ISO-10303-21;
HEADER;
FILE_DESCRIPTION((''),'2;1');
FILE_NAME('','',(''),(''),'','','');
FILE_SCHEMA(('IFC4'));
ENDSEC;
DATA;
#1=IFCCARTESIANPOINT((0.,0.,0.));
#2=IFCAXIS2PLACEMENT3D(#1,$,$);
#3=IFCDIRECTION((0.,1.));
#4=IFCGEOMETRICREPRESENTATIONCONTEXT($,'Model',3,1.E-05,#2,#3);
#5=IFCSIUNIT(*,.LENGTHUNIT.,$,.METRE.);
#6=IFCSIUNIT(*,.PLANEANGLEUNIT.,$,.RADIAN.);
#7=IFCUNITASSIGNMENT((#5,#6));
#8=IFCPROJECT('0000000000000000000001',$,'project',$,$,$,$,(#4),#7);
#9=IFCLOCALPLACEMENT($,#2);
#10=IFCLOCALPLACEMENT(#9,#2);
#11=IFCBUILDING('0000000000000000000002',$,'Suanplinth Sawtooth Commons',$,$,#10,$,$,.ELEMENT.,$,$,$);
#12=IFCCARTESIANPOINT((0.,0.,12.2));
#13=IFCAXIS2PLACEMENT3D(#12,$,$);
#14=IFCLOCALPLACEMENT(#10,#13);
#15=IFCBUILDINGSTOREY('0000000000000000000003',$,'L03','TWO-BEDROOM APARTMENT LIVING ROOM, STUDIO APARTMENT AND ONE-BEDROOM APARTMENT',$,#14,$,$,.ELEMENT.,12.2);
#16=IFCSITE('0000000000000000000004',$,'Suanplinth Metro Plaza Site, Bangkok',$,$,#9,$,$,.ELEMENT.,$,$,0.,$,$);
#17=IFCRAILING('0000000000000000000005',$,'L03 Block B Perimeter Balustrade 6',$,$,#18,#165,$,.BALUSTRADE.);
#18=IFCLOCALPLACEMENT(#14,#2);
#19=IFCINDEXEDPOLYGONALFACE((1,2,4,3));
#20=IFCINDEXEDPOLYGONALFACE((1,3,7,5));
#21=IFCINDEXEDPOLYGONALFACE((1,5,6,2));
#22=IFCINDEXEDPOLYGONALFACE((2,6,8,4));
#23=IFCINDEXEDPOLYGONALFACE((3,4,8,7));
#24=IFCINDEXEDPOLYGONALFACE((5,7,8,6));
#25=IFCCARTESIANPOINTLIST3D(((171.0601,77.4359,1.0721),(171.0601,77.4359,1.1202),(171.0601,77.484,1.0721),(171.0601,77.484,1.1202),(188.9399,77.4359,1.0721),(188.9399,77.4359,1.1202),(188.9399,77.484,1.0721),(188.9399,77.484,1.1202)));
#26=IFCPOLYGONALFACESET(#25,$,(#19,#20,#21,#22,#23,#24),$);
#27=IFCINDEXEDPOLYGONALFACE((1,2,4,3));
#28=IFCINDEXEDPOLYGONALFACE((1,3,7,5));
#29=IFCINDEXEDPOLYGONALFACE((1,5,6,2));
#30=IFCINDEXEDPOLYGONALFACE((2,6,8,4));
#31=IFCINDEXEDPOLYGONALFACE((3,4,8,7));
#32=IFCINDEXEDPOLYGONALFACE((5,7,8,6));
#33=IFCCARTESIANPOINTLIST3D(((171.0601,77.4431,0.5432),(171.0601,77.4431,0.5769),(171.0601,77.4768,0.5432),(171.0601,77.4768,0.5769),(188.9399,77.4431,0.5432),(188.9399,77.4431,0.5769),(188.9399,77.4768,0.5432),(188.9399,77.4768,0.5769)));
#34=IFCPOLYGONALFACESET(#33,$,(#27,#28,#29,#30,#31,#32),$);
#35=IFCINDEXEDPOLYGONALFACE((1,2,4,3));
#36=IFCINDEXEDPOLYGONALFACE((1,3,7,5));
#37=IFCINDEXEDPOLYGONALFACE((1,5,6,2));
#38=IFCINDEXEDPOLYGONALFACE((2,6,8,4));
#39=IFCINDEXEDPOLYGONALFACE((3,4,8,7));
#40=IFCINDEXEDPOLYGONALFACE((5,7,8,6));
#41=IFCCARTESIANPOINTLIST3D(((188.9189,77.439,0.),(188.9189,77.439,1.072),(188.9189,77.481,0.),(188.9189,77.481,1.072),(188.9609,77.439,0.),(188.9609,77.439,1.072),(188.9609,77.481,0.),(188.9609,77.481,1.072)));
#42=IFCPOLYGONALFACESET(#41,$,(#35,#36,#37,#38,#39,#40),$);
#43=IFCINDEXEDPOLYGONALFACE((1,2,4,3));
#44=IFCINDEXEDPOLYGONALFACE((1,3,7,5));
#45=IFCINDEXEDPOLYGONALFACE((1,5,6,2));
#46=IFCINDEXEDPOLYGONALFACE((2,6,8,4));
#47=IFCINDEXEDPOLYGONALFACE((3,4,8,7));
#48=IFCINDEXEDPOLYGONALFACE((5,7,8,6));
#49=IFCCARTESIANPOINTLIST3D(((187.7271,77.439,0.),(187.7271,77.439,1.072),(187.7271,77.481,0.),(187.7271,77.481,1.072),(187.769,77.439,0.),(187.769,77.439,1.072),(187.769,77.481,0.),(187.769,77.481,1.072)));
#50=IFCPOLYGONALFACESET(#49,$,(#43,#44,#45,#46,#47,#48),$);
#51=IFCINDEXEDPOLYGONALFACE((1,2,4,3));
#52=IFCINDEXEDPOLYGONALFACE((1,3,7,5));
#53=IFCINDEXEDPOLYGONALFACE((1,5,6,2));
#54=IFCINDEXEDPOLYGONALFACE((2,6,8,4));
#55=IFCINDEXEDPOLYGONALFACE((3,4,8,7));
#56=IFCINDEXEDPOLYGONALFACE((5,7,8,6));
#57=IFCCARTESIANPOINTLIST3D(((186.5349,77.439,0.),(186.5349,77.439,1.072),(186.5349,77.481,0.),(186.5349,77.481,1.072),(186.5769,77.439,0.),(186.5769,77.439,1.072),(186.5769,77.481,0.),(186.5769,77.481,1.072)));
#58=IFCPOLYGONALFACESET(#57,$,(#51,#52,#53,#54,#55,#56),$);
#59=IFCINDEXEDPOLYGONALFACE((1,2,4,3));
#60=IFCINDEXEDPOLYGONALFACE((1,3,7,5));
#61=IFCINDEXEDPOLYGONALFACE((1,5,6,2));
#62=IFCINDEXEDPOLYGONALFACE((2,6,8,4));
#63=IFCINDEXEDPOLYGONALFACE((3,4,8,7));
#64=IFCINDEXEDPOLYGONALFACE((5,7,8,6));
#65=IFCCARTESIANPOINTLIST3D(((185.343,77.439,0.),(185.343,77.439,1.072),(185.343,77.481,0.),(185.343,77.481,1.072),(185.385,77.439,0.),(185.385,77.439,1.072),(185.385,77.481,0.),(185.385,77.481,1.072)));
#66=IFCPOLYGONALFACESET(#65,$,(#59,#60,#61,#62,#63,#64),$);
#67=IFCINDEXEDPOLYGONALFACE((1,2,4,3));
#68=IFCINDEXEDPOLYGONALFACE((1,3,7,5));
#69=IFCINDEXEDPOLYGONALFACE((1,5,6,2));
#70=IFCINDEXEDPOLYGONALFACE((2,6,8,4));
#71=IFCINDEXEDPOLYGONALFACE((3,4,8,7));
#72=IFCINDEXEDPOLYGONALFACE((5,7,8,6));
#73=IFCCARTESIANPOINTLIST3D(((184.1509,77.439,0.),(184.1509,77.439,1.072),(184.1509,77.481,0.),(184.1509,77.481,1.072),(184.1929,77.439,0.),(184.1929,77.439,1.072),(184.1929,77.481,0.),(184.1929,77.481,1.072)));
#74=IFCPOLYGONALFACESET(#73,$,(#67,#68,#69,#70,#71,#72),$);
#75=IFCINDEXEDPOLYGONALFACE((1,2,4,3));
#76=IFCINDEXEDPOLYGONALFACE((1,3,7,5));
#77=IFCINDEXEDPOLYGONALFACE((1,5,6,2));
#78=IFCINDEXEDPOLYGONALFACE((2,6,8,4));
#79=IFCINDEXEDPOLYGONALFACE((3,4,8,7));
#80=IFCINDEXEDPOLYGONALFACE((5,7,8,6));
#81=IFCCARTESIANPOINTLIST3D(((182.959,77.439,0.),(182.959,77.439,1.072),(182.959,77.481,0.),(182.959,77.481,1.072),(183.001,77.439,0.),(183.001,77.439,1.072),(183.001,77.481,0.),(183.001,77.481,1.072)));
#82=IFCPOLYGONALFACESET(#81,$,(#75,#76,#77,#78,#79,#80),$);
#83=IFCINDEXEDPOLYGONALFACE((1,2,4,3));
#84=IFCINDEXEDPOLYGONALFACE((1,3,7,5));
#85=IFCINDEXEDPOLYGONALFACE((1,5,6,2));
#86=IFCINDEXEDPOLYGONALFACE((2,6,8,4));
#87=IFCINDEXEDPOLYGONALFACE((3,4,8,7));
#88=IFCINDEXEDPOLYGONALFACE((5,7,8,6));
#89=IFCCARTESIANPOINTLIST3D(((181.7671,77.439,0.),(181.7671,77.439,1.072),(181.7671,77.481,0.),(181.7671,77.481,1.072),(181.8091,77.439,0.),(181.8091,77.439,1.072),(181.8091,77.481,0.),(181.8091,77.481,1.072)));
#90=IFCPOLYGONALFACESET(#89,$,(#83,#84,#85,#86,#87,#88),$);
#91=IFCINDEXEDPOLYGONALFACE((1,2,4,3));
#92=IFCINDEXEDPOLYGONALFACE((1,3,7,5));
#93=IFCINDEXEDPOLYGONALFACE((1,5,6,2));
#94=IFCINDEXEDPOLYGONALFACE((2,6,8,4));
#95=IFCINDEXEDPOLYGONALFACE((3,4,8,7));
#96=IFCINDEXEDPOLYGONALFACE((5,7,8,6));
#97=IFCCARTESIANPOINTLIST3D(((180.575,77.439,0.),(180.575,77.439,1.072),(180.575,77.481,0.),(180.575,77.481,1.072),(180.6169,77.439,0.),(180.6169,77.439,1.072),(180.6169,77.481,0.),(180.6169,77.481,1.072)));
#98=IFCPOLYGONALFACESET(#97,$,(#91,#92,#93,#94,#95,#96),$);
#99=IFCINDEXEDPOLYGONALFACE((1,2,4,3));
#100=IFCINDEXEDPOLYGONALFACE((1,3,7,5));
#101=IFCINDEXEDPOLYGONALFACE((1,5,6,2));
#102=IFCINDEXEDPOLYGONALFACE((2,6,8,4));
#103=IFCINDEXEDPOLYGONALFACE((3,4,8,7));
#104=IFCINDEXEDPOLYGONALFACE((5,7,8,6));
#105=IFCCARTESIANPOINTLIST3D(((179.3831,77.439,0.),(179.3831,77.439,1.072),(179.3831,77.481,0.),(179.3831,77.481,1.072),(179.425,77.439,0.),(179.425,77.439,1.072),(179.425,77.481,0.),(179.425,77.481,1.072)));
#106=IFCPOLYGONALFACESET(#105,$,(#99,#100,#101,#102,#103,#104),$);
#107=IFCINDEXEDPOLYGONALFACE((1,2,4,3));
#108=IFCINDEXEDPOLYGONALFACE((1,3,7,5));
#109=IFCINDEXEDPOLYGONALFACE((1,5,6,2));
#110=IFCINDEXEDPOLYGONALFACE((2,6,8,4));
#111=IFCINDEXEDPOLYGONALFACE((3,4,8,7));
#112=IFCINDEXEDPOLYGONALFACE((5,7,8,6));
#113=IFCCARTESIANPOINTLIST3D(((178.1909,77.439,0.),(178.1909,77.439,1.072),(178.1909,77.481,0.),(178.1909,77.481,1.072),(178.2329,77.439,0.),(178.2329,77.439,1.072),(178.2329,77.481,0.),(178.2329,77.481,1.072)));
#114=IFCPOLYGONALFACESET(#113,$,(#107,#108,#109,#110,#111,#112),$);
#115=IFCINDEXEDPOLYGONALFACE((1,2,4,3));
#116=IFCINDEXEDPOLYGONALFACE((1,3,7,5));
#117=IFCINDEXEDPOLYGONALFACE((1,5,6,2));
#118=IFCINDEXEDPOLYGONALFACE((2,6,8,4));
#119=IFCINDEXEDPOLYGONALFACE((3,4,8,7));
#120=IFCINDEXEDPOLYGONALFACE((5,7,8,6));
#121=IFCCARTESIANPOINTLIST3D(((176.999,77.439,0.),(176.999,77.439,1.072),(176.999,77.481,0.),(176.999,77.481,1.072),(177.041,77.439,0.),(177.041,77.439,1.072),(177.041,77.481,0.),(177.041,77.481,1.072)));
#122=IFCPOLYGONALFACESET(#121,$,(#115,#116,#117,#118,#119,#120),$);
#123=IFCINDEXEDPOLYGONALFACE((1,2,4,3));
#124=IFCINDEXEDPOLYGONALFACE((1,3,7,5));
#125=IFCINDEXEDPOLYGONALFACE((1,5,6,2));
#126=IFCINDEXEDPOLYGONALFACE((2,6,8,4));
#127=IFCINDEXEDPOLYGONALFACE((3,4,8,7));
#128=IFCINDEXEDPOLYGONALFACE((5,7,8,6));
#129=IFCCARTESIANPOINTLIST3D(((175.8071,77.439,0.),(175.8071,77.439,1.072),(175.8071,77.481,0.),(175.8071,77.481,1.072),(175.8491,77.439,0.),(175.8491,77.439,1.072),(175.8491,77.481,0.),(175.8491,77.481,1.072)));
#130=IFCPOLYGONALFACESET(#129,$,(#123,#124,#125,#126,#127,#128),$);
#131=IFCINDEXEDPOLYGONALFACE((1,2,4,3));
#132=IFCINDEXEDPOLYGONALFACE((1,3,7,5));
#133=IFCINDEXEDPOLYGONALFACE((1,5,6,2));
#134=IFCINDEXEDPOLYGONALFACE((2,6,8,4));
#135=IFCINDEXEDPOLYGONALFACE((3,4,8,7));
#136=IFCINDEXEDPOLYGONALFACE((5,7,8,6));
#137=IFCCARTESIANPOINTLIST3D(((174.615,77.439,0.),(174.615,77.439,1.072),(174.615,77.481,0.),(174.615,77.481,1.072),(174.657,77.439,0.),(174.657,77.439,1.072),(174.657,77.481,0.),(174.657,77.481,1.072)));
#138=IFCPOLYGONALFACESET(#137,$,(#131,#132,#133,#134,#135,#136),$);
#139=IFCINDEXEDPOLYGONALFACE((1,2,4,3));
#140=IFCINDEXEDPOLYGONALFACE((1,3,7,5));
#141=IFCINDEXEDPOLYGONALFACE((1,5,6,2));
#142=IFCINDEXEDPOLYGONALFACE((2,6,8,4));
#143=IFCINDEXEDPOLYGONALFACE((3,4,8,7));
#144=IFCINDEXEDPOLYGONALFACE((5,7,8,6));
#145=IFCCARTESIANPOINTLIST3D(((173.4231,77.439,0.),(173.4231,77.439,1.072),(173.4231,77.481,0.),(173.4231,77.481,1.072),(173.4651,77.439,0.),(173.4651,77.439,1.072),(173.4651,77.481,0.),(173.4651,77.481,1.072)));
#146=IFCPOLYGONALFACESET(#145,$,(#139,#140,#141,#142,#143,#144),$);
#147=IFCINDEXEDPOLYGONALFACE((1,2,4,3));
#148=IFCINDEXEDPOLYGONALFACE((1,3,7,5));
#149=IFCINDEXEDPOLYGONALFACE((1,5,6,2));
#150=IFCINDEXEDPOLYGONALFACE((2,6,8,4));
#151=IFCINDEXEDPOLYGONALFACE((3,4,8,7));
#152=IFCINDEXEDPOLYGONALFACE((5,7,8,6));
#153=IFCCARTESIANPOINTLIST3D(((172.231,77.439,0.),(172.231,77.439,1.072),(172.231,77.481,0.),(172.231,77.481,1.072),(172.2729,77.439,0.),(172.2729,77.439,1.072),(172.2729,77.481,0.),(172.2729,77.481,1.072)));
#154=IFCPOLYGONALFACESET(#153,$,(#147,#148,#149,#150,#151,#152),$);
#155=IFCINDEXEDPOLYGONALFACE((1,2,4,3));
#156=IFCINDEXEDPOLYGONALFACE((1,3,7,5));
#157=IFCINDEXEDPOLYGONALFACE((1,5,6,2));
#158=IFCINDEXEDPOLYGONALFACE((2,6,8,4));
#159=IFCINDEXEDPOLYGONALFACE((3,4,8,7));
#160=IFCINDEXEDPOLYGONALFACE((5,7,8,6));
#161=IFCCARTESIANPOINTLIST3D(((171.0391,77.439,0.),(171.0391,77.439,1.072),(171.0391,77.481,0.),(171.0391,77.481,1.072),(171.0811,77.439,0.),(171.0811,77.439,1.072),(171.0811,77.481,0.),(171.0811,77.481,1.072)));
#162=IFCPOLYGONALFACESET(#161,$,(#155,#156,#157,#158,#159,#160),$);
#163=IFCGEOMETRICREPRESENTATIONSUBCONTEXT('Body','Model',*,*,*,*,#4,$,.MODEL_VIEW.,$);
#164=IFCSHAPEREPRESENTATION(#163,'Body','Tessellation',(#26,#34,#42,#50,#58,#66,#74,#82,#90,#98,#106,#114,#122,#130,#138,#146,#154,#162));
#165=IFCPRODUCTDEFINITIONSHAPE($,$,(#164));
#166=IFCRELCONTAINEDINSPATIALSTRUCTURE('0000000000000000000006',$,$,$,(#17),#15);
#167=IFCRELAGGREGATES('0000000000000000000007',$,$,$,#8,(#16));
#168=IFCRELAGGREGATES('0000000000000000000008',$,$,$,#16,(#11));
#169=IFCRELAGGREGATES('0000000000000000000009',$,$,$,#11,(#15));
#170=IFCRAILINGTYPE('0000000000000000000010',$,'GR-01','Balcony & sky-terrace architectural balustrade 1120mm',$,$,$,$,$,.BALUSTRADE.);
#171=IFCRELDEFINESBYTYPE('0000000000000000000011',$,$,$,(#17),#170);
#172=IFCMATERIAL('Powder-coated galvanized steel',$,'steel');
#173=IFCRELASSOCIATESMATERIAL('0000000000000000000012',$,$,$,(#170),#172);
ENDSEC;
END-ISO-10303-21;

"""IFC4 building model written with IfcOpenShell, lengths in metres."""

from ifc_helpers import new_model, si_unit, direction, frame, origin, origin_2d, place, context, subcontext, project, spatial, rectangle, extrude, material, type_object, element, save


model = new_model("IFC4")

# Units and contexts
model_context = context("Model", 3, precision=1e-05, world=origin(), true_north=direction((0.0, 1.0)))
body_context = subcontext(model_context, "Body", "Model", "MODEL_VIEW")
ifc_project = project(units=[si_unit("LENGTHUNIT", "METRE"), si_unit("PLANEANGLEUNIT", "RADIAN")], contexts=[model_context])

# Site, building, storey
site_placement = place(None, origin())
site = spatial("IfcSite", under=ifc_project, at=site_placement, Name="Suanplinth Metro Plaza Site, Bangkok", CompositionType="ELEMENT", RefElevation=0.0)
building_placement = place(site_placement, origin())
building = spatial("IfcBuilding", under=site, at=building_placement, Name="Suanplinth Sawtooth Commons", CompositionType="ELEMENT")
storey_placement = place(building_placement, frame((0.0, 0.0, 12.2)))
storey = spatial("IfcBuildingStorey", under=building, at=storey_placement, Name="L03", Description="TWO-BEDROOM APARTMENT LIVING ROOM, STUDIO APARTMENT AND ONE-BEDROOM APARTMENT", CompositionType="ELEMENT", Elevation=12.2)

# Railing
ifc_material_1 = material(Name="Powder-coated galvanized steel", Category="steel")
railing_type = type_object("IfcRailingType", Name="GR-01", Description="Balcony & sky-terrace architectural balustrade 1120mm", PredefinedType="BALUSTRADE", material=ifc_material_1)
railing_1_placement = place(storey_placement, frame((188.9399, 77.46, 0.0)))
element("IfcRailing", 1, at=railing_1_placement, inside=storey, type_object=railing_type, Name="L03 Block B Perimeter Balustrade 6", PredefinedType="BALUSTRADE", context=body_context, shape_type="SweptSolid", body=[
    extrude(rectangle(XDim=0.0481, YDim=0.0481, at=origin_2d()), frame((0.0, 0.0, 1.0962), z_axis=(-1.0, 0.0, 0.0), x_axis=(0.0, -1.0, 0.0)), (0.0, 0.0, 1.0), 17.8799),
    extrude(rectangle(XDim=0.0337, YDim=0.0337, at=origin_2d()), frame((0.0, 0.0, 0.5601), z_axis=(-1.0, 0.0, 0.0), x_axis=(0.0, -1.0, 0.0)), (0.0, 0.0, 1.0), 17.8799),
    extrude(rectangle(XDim=0.042, YDim=0.042, at=origin_2d()), origin(), (0.0, 0.0, 1.0), 1.072),
    extrude(rectangle(XDim=0.042, YDim=0.042, at=origin_2d()), frame((-1.1919, 0.0, 0.0)), (0.0, 0.0, 1.0), 1.072),
    extrude(rectangle(XDim=0.042, YDim=0.042, at=origin_2d()), frame((-2.384, 0.0, 0.0)), (0.0, 0.0, 1.0), 1.072),
    extrude(rectangle(XDim=0.042, YDim=0.042, at=origin_2d()), frame((-3.5759, 0.0, 0.0)), (0.0, 0.0, 1.0), 1.072),
    extrude(rectangle(XDim=0.042, YDim=0.042, at=origin_2d()), frame((-4.7681, 0.0, 0.0)), (0.0, 0.0, 1.0), 1.072),
    extrude(rectangle(XDim=0.042, YDim=0.042, at=origin_2d()), frame((-5.96, 0.0, 0.0)), (0.0, 0.0, 1.0), 1.072),
    extrude(rectangle(XDim=0.042, YDim=0.042, at=origin_2d()), frame((-7.1519, 0.0, 0.0)), (0.0, 0.0, 1.0), 1.072),
    extrude(rectangle(XDim=0.042, YDim=0.042, at=origin_2d()), frame((-8.344, 0.0, 0.0)), (0.0, 0.0, 1.0), 1.072),
    extrude(rectangle(XDim=0.042, YDim=0.042, at=origin_2d()), frame((-9.5359, 0.0, 0.0)), (0.0, 0.0, 1.0), 1.072),
    extrude(rectangle(XDim=0.042, YDim=0.042, at=origin_2d()), frame((-10.728, 0.0, 0.0)), (0.0, 0.0, 1.0), 1.072),
    extrude(rectangle(XDim=0.042, YDim=0.042, at=origin_2d()), frame((-11.9199, 0.0, 0.0)), (0.0, 0.0, 1.0), 1.072),
    extrude(rectangle(XDim=0.042, YDim=0.042, at=origin_2d()), frame((-13.1118, 0.0, 0.0)), (0.0, 0.0, 1.0), 1.072),
    extrude(rectangle(XDim=0.042, YDim=0.042, at=origin_2d()), frame((-14.304, 0.0, 0.0)), (0.0, 0.0, 1.0), 1.072),
    extrude(rectangle(XDim=0.042, YDim=0.042, at=origin_2d()), frame((-15.4958, 0.0, 0.0)), (0.0, 0.0, 1.0), 1.072),
    extrude(rectangle(XDim=0.042, YDim=0.042, at=origin_2d()), frame((-16.688, 0.0, 0.0)), (0.0, 0.0, 1.0), 1.072),
    extrude(rectangle(XDim=0.042, YDim=0.042, at=origin_2d()), frame((-17.8799, 0.0, 0.0)), (0.0, 0.0, 1.0), 1.072),
])

save(model, "model.ifc")
